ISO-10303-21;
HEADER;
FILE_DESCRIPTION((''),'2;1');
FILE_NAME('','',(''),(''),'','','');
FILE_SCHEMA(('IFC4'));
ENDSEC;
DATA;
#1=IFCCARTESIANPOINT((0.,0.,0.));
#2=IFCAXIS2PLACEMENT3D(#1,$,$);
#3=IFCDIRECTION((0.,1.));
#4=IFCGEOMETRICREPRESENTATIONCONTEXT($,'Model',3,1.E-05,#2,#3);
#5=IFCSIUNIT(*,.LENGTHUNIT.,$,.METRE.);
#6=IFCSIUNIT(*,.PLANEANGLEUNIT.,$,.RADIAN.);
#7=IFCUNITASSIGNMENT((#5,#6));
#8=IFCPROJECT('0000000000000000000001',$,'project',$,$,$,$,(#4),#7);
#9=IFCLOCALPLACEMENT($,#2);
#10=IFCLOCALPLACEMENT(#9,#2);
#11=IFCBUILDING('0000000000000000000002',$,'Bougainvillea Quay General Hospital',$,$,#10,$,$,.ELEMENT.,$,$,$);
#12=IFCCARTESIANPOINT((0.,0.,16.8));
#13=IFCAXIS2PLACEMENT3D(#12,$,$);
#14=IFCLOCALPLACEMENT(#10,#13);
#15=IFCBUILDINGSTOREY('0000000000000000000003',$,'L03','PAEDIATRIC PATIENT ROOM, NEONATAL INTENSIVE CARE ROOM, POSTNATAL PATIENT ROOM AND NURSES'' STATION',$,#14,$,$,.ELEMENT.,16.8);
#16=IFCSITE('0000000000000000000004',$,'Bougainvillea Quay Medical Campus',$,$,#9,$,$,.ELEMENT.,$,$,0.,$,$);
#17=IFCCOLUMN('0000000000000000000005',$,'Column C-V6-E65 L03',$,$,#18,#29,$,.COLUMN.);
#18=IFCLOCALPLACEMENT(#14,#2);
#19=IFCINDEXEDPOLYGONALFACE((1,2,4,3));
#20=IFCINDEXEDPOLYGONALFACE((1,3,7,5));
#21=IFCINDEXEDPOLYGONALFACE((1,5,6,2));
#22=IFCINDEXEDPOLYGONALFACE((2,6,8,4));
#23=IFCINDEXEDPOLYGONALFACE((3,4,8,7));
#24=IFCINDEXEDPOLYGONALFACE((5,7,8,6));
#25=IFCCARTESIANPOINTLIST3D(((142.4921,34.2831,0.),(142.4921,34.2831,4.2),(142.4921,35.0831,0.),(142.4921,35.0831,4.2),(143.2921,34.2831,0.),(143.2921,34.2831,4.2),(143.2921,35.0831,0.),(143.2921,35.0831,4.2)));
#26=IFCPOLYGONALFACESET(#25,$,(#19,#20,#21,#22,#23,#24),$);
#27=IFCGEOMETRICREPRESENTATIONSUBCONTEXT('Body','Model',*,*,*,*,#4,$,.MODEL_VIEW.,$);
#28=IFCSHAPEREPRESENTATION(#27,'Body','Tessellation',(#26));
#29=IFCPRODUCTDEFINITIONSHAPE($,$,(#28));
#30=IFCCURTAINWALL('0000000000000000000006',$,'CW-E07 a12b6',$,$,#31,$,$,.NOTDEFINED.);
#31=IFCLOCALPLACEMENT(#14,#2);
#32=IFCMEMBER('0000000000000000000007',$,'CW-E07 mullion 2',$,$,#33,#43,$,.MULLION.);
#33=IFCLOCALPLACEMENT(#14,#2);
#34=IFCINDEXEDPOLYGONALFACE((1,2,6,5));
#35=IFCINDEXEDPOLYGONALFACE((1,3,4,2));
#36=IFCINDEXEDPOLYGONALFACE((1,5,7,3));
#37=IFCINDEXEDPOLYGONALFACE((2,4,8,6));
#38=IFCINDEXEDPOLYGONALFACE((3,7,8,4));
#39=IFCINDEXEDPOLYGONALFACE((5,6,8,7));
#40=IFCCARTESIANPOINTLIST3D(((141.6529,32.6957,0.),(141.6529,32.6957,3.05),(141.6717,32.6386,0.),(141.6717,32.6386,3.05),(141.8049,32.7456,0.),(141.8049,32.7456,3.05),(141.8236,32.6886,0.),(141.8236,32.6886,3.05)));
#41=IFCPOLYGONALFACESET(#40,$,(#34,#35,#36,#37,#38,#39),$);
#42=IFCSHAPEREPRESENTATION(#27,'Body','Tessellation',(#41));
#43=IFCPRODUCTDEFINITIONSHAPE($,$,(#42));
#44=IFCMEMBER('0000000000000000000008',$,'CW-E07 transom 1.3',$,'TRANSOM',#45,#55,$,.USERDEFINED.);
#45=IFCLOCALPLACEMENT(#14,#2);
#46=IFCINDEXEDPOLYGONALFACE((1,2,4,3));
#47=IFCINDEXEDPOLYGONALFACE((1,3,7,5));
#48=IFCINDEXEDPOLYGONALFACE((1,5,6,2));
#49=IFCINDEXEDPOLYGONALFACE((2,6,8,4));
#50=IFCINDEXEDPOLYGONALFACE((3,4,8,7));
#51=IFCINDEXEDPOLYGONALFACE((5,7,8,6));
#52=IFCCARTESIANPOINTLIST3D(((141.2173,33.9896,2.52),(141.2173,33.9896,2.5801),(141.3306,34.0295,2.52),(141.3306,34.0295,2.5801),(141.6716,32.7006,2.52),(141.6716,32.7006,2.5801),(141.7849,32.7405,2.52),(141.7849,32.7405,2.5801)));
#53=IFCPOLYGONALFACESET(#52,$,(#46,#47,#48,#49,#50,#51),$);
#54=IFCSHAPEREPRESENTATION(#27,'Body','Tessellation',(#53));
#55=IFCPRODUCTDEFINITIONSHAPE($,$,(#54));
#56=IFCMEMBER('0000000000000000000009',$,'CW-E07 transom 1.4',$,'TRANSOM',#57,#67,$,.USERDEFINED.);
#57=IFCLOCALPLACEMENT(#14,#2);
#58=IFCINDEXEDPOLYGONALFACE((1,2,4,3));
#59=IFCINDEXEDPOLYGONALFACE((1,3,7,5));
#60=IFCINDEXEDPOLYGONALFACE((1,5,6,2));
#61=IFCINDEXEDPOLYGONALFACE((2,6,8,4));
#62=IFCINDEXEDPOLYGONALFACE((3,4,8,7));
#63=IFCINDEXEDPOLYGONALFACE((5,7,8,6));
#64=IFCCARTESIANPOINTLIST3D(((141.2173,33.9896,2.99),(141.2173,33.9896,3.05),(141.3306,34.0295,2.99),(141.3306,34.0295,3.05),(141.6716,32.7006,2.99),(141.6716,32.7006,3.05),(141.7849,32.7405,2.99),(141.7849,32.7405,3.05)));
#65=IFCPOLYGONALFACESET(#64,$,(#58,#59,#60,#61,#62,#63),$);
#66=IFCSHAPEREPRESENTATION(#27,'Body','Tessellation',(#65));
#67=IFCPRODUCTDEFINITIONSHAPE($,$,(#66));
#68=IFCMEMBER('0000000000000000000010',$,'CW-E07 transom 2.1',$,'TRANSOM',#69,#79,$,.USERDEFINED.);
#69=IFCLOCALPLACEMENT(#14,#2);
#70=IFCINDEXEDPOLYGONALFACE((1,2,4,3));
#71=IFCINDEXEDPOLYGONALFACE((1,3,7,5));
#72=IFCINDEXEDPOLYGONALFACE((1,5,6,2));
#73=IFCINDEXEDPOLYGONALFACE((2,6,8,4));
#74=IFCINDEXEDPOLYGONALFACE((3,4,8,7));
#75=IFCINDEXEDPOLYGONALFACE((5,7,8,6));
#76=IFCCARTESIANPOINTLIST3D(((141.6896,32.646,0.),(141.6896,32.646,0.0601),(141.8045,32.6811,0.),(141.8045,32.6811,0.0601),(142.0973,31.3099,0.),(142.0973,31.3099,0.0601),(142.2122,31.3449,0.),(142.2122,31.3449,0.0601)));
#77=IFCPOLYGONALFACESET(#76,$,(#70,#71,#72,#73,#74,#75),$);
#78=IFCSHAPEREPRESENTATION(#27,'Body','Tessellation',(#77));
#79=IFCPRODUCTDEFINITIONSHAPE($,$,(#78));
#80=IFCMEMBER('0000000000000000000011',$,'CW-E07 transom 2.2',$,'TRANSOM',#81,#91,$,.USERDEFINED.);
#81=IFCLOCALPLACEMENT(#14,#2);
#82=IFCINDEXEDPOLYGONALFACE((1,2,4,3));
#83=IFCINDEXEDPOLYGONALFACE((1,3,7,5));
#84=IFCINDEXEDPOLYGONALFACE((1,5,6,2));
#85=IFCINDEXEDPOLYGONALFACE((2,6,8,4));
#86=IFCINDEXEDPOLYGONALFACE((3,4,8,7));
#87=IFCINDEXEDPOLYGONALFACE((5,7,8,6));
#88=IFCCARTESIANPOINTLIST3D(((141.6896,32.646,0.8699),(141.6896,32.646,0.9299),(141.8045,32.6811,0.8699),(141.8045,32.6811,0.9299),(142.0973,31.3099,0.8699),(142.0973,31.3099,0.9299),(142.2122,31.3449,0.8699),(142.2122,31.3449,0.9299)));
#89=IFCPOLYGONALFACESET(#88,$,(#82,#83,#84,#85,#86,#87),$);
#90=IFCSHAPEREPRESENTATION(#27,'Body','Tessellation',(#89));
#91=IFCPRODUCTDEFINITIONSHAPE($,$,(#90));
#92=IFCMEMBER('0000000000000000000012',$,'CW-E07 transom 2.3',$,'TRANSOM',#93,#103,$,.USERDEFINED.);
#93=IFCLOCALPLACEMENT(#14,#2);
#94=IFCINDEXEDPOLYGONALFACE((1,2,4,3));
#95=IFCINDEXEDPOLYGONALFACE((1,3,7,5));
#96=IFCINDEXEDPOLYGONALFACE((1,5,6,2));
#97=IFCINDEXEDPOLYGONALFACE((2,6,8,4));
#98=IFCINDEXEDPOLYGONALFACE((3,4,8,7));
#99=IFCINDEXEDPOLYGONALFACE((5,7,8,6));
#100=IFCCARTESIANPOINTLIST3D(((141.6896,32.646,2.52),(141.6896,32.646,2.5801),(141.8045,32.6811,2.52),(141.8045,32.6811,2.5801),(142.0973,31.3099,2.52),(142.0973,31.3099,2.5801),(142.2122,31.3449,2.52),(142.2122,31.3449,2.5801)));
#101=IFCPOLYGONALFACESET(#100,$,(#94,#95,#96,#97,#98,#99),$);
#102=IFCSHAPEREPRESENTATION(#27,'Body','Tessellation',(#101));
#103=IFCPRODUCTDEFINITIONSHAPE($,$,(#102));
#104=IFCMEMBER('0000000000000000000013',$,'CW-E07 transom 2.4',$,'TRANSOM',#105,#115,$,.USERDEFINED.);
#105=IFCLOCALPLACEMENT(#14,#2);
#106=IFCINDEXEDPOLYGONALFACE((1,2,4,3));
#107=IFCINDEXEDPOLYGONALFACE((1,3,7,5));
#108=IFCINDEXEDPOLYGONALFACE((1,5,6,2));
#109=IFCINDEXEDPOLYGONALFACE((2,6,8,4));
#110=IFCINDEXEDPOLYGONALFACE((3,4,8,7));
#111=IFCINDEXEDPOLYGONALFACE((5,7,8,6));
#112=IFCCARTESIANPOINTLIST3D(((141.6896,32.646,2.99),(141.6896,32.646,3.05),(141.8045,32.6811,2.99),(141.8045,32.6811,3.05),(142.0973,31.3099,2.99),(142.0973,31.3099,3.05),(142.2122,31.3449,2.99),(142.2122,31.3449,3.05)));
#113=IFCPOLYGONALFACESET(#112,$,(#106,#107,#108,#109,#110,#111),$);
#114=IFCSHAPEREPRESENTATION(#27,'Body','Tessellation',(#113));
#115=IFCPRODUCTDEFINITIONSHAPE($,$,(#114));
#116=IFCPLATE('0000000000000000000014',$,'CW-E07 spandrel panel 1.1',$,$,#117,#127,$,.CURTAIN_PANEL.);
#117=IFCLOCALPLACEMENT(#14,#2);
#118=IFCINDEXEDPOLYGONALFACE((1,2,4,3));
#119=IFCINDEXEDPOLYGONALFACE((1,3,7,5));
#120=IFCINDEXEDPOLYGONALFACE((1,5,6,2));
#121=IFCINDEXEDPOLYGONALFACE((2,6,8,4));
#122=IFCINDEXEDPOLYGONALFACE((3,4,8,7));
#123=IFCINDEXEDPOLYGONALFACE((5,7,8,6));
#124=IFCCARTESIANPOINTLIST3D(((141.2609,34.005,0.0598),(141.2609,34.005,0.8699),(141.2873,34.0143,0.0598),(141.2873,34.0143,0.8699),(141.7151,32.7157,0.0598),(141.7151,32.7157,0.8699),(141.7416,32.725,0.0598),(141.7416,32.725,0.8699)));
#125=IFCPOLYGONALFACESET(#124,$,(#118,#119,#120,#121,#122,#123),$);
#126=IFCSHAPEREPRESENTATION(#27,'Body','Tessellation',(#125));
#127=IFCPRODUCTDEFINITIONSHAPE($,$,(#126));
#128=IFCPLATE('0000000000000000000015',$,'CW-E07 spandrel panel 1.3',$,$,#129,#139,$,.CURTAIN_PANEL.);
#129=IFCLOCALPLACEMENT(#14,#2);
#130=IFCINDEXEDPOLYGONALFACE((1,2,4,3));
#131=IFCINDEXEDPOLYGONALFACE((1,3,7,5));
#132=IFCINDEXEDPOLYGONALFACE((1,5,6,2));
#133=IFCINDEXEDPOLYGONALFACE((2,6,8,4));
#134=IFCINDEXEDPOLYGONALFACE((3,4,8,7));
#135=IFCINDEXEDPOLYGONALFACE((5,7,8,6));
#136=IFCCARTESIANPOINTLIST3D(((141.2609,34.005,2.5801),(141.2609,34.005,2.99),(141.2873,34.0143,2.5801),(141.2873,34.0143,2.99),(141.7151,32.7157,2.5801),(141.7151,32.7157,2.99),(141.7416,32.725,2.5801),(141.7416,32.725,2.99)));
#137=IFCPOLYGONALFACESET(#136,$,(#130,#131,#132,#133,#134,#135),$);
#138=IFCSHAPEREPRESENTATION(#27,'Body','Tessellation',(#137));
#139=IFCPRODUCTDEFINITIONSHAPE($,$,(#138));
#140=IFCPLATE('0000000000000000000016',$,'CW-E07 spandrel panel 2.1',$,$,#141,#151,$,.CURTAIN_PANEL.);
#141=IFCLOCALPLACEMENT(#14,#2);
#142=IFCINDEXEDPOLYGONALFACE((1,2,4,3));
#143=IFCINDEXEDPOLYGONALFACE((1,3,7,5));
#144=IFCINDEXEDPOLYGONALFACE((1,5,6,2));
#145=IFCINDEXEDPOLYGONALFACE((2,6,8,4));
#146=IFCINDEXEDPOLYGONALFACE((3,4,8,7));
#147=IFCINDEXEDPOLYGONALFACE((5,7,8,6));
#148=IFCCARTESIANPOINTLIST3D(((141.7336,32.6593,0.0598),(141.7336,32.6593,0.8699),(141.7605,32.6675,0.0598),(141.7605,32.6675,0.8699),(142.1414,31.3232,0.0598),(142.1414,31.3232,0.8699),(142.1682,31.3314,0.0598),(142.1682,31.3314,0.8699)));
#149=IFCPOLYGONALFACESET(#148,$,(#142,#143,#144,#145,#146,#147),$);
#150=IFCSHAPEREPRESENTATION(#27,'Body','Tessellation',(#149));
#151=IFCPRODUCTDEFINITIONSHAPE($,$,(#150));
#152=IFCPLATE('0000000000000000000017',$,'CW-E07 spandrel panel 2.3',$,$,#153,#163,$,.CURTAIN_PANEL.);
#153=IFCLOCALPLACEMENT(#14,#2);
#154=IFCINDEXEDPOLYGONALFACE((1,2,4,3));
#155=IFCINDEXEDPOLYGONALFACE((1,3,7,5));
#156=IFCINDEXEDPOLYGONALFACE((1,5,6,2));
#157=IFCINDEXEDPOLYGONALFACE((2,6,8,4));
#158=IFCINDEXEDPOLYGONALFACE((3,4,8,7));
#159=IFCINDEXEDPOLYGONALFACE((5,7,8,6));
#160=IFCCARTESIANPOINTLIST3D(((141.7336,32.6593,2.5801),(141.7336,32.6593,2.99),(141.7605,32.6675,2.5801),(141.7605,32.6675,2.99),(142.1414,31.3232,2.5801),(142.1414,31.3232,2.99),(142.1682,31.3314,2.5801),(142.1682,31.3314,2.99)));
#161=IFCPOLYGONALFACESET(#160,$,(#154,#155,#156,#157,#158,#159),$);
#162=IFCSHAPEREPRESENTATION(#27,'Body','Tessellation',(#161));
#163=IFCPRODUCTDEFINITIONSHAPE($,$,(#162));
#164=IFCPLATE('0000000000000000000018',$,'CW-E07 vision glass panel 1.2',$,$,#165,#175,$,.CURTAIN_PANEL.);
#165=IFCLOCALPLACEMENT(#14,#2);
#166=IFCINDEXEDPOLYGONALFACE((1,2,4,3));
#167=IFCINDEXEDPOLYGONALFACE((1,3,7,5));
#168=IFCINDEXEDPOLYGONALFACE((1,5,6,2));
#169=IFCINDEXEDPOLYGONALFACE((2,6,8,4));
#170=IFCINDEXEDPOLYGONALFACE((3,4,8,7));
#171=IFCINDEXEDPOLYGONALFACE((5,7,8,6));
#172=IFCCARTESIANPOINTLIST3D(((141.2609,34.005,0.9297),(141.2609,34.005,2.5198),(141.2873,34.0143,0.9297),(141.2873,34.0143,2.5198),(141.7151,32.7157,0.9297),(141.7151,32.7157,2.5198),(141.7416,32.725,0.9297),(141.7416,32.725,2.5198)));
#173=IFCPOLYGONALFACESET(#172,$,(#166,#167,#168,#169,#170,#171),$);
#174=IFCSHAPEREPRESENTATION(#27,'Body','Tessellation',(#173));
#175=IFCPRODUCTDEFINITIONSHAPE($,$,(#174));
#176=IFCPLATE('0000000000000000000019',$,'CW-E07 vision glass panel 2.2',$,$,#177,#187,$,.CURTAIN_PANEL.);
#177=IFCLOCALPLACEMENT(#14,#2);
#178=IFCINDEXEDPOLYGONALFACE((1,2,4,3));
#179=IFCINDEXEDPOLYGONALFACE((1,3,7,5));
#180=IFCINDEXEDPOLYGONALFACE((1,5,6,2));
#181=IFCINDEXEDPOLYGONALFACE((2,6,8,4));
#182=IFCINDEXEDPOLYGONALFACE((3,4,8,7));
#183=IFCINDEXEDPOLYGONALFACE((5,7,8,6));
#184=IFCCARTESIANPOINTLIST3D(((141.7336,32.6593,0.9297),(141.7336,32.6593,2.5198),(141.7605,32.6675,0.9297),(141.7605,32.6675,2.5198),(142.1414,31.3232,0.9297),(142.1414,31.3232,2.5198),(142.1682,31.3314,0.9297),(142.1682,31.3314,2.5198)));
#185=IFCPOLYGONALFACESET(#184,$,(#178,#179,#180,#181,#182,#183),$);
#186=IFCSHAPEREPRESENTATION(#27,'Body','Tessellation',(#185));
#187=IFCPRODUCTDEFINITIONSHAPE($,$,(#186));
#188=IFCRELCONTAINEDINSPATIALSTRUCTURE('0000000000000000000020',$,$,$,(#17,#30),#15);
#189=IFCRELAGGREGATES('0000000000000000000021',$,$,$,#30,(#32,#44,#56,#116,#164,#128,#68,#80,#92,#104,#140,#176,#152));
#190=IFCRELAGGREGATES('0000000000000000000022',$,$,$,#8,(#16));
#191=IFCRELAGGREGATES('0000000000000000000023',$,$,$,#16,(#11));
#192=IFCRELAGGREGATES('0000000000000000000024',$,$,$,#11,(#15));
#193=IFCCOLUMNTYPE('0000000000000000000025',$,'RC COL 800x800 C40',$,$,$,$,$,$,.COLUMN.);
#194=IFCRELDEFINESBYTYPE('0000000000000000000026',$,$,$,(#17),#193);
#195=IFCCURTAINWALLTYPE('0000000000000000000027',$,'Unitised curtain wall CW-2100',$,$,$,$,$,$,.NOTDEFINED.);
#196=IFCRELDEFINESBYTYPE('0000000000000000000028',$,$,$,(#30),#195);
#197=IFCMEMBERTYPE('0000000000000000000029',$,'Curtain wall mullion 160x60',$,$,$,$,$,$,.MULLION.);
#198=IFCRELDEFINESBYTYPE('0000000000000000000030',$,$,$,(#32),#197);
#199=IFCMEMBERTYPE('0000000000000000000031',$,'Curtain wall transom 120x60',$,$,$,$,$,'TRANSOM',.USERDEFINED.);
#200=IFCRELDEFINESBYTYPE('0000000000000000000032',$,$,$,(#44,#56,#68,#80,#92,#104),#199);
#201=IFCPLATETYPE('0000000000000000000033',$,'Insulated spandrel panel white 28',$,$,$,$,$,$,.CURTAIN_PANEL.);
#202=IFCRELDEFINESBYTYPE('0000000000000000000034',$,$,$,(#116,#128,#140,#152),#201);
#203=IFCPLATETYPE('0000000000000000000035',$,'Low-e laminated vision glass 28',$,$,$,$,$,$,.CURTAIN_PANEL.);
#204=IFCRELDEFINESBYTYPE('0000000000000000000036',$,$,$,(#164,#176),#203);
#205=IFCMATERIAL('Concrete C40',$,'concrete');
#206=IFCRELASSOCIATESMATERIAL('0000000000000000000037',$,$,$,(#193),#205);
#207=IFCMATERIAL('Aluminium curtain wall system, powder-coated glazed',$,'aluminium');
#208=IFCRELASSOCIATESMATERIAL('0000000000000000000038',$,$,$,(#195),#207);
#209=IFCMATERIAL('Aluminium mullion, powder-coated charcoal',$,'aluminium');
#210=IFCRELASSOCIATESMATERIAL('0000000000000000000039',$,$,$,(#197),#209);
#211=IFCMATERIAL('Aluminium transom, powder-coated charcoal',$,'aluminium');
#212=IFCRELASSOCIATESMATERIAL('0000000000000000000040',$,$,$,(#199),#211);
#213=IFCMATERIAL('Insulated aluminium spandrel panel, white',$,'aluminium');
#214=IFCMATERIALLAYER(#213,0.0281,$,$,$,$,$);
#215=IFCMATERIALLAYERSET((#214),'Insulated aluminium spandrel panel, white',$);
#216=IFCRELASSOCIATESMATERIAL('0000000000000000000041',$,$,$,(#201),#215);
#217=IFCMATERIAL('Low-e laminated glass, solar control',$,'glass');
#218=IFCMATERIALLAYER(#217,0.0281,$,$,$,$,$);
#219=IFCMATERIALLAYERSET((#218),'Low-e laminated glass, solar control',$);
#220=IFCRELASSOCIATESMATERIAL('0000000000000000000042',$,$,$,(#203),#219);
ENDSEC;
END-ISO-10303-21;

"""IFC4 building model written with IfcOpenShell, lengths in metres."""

from ifc_helpers import new_model, si_unit, direction, frame, origin, origin_2d, place, context, subcontext, project, spatial, rectangle, extrude, material, layer, layer_set, material_profile, profile_set, type_object, element, aggregate, save


model = new_model("IFC4")

# Units and contexts
model_context = context("Model", 3, precision=1e-05, world=origin(), true_north=direction((0.0, 1.0)))
body_context = subcontext(model_context, "Body", "Model", "MODEL_VIEW")
ifc_project = project(units=[si_unit("LENGTHUNIT", "METRE"), si_unit("PLANEANGLEUNIT", "RADIAN")], contexts=[model_context])

# Site, building, storey
site_placement = place(None, origin())
site = spatial("IfcSite", under=ifc_project, at=site_placement, Name="Bougainvillea Quay Medical Campus", CompositionType="ELEMENT", RefElevation=0.0)
building_placement = place(site_placement, origin())
building = spatial("IfcBuilding", under=site, at=building_placement, Name="Bougainvillea Quay General Hospital", CompositionType="ELEMENT")
storey_placement = place(building_placement, frame((0.0, 0.0, 16.8)))
storey = spatial("IfcBuildingStorey", under=building, at=storey_placement, Name="L03", Description="PAEDIATRIC PATIENT ROOM, NEONATAL INTENSIVE CARE ROOM, POSTNATAL PATIENT ROOM AND NURSES' STATION", CompositionType="ELEMENT", Elevation=16.8)

# Column
ifc_material_1 = material(Name="Concrete C40", Category="concrete")
ifc_material_profile_1 = material_profile(ifc_material_1, rectangle(XDim=0.8, YDim=0.8, at=origin_2d()))
ifc_profile_set_1 = profile_set([ifc_material_profile_1], Name="Concrete C40")
column_type = type_object("IfcColumnType", Name="RC COL 800x800 C40", PredefinedType="COLUMN", material=ifc_profile_set_1)
column_placement = place(storey_placement, frame((142.8921, 34.6831, 0.0), z_axis=(0.0, 0.0, 1.0), x_axis=(1.0, 0.0, 0.0)))
element("IfcColumn", 1, at=column_placement, inside=storey, type_object=column_type, Name="Column C-V6-E65 L03", PredefinedType="COLUMN", context=body_context, shape_type="SweptSolid", body=[
    extrude(rectangle(XDim=0.8, YDim=0.8, at=origin_2d()), origin(), (0.0, 0.0, 1.0), 4.2),
])

# Curtain wall, members, plates
ifc_material_2 = material(Name="Aluminium curtain wall system, powder-coated glazed", Category="aluminium")
curtain_wall_type = type_object("IfcCurtainWallType", Name="Unitised curtain wall CW-2100", PredefinedType="NOTDEFINED", material=ifc_material_2)
curtain_wall_placement = place(storey_placement, origin())
curtain_wall = element("IfcCurtainWall", 2, at=curtain_wall_placement, inside=storey, type_object=curtain_wall_type, Name="CW-E07 a12b6", PredefinedType="NOTDEFINED")
ifc_material_3 = material(Name="Aluminium mullion, powder-coated charcoal", Category="aluminium")
ifc_material_profile_2 = material_profile(ifc_material_3, rectangle(XDim=0.1599, YDim=0.0601, at=origin_2d()))
ifc_profile_set_2 = profile_set([ifc_material_profile_2], Name="Aluminium mullion, powder-coated charcoal")
member_type_1 = type_object("IfcMemberType", Name="Curtain wall mullion 160x60", PredefinedType="MULLION", material=ifc_profile_set_2)
member_1_placement = place(storey_placement, frame((141.7383, 32.6921, 0.0), z_axis=(0.0, 0.0, 1.0), x_axis=(0.950023, 0.31218, 0.0)))
member_1 = element("IfcMember", 3, at=member_1_placement, type_object=member_type_1, Name="CW-E07 mullion 2", PredefinedType="MULLION", context=body_context, shape_type="SweptSolid", body=[
    extrude(rectangle(XDim=0.1599, YDim=0.0601, at=origin_2d()), origin(), (0.0, 0.0, 1.0), 3.05),
])
ifc_material_4 = material(Name="Aluminium transom, powder-coated charcoal", Category="aluminium")
ifc_material_profile_3 = material_profile(ifc_material_4, rectangle(XDim=0.1201, YDim=0.0601, at=origin_2d()))
ifc_profile_set_3 = profile_set([ifc_material_profile_3], Name="Aluminium transom, powder-coated charcoal")
member_type_2 = type_object("IfcMemberType", Name="Curtain wall transom 120x60", ElementType="TRANSOM", PredefinedType="USERDEFINED", material=ifc_profile_set_3)
member_2_placement = place(storey_placement, frame((141.2739, 34.0095, 2.55), z_axis=(0.332418, -0.943132, 0.0), x_axis=(0.943132, 0.332418, 0.0)))
member_2 = element("IfcMember", 4, at=member_2_placement, type_object=member_type_2, Name="CW-E07 transom 1.3", ObjectType="TRANSOM", PredefinedType="USERDEFINED", context=body_context, shape_type="SweptSolid", body=[
    extrude(rectangle(XDim=0.1201, YDim=0.0601, at=origin_2d()), origin(), (0.0, 0.0, 1.0), 1.3667),
])
member_3_placement = place(storey_placement, frame((141.2739, 34.0095, 3.02), z_axis=(0.332418, -0.943132, 0.0), x_axis=(0.943132, 0.332418, 0.0)))
member_3 = element("IfcMember", 5, at=member_3_placement, type_object=member_type_2, Name="CW-E07 transom 1.4", ObjectType="TRANSOM", PredefinedType="USERDEFINED", context=body_context, shape_type="SweptSolid", body=[
    extrude(rectangle(XDim=0.1201, YDim=0.0601, at=origin_2d()), origin(), (0.0, 0.0, 1.0), 1.3667),
])
member_4_placement = place(storey_placement, frame((141.7471, 32.6636, 0.03), z_axis=(0.29185, -0.956464, 0.0), x_axis=(0.956464, 0.29185, 0.0)))
member_4 = element("IfcMember", 6, at=member_4_placement, type_object=member_type_2, Name="CW-E07 transom 2.1", ObjectType="TRANSOM", PredefinedType="USERDEFINED", context=body_context, shape_type="SweptSolid", body=[
    extrude(rectangle(XDim=0.1201, YDim=0.0601, at=origin_2d()), origin(), (0.0, 0.0, 1.0), 1.397),
])
member_5_placement = place(storey_placement, frame((141.7471, 32.6636, 0.8999), z_axis=(0.29185, -0.956464, 0.0), x_axis=(0.956464, 0.29185, 0.0)))
member_5 = element("IfcMember", 7, at=member_5_placement, type_object=member_type_2, Name="CW-E07 transom 2.2", ObjectType="TRANSOM", PredefinedType="USERDEFINED", context=body_context, shape_type="SweptSolid", body=[
    extrude(rectangle(XDim=0.1201, YDim=0.0601, at=origin_2d()), origin(), (0.0, 0.0, 1.0), 1.397),
])
member_6_placement = place(storey_placement, frame((141.7471, 32.6636, 2.55), z_axis=(0.29185, -0.956464, 0.0), x_axis=(0.956464, 0.29185, 0.0)))
member_6 = element("IfcMember", 8, at=member_6_placement, type_object=member_type_2, Name="CW-E07 transom 2.3", ObjectType="TRANSOM", PredefinedType="USERDEFINED", context=body_context, shape_type="SweptSolid", body=[
    extrude(rectangle(XDim=0.1201, YDim=0.0601, at=origin_2d()), origin(), (0.0, 0.0, 1.0), 1.397),
])
member_7_placement = place(storey_placement, frame((141.7471, 32.6636, 3.02), z_axis=(0.29185, -0.956464, 0.0), x_axis=(0.956464, 0.29185, 0.0)))
member_7 = element("IfcMember", 9, at=member_7_placement, type_object=member_type_2, Name="CW-E07 transom 2.4", ObjectType="TRANSOM", PredefinedType="USERDEFINED", context=body_context, shape_type="SweptSolid", body=[
    extrude(rectangle(XDim=0.1201, YDim=0.0601, at=origin_2d()), origin(), (0.0, 0.0, 1.0), 1.397),
])
ifc_material_5 = material(Name="Insulated aluminium spandrel panel, white", Category="aluminium")
ifc_layer_1 = layer(ifc_material_5, 0.0281)
ifc_layer_set_1 = layer_set([ifc_layer_1], Name="Insulated aluminium spandrel panel, white")
plate_type_1 = type_object("IfcPlateType", Name="Insulated spandrel panel white 28", PredefinedType="CURTAIN_PANEL", material=ifc_layer_set_1)
plate_1_placement = place(storey_placement, frame((141.5012, 33.365, 0.0598), z_axis=(0.0, 0.0, 1.0), x_axis=(0.332315, -0.943169, 0.0)))
plate_1 = element("IfcPlate", 10, at=plate_1_placement, type_object=plate_type_1, Name="CW-E07 spandrel panel 1.1", PredefinedType="CURTAIN_PANEL", context=body_context, shape_type="SweptSolid", body=[
    extrude(rectangle(XDim=1.3669, YDim=0.0281, at=origin_2d()), origin(), (0.0, 0.0, 1.0), 0.8101),
])
plate_2_placement = place(storey_placement, frame((141.5012, 33.365, 2.5801), z_axis=(0.0, 0.0, 1.0), x_axis=(0.332315, -0.943169, 0.0)))
plate_2 = element("IfcPlate", 11, at=plate_2_placement, type_object=plate_type_1, Name="CW-E07 spandrel panel 1.3", PredefinedType="CURTAIN_PANEL", context=body_context, shape_type="SweptSolid", body=[
    extrude(rectangle(XDim=1.3669, YDim=0.0281, at=origin_2d()), origin(), (0.0, 0.0, 1.0), 0.4099),
])
plate_3_placement = place(storey_placement, frame((141.9509, 31.9954, 0.0598), z_axis=(0.0, 0.0, 1.0), x_axis=(0.291904, -0.956448, 0.0)))
plate_3 = element("IfcPlate", 12, at=plate_3_placement, type_object=plate_type_1, Name="CW-E07 spandrel panel 2.1", PredefinedType="CURTAIN_PANEL", context=body_context, shape_type="SweptSolid", body=[
    extrude(rectangle(XDim=1.397, YDim=0.0281, at=origin_2d()), origin(), (0.0, 0.0, 1.0), 0.8101),
])
plate_4_placement = place(storey_placement, frame((141.9509, 31.9954, 2.5801), z_axis=(0.0, 0.0, 1.0), x_axis=(0.291904, -0.956448, 0.0)))
plate_4 = element("IfcPlate", 13, at=plate_4_placement, type_object=plate_type_1, Name="CW-E07 spandrel panel 2.3", PredefinedType="CURTAIN_PANEL", context=body_context, shape_type="SweptSolid", body=[
    extrude(rectangle(XDim=1.397, YDim=0.0281, at=origin_2d()), origin(), (0.0, 0.0, 1.0), 0.4099),
])
ifc_material_6 = material(Name="Low-e laminated glass, solar control", Category="glass")
ifc_layer_2 = layer(ifc_material_6, 0.0281)
ifc_layer_set_2 = layer_set([ifc_layer_2], Name="Low-e laminated glass, solar control")
plate_type_2 = type_object("IfcPlateType", Name="Low-e laminated vision glass 28", PredefinedType="CURTAIN_PANEL", material=ifc_layer_set_2)
plate_5_placement = place(storey_placement, frame((141.5012, 33.365, 0.9297), z_axis=(0.0, 0.0, 1.0), x_axis=(0.332315, -0.943169, 0.0)))
plate_5 = element("IfcPlate", 14, at=plate_5_placement, type_object=plate_type_2, Name="CW-E07 vision glass panel 1.2", PredefinedType="CURTAIN_PANEL", context=body_context, shape_type="SweptSolid", body=[
    extrude(rectangle(XDim=1.3669, YDim=0.0281, at=origin_2d()), origin(), (0.0, 0.0, 1.0), 1.5901),
])
plate_6_placement = place(storey_placement, frame((141.9509, 31.9954, 0.9297), z_axis=(0.0, 0.0, 1.0), x_axis=(0.291904, -0.956448, 0.0)))
plate_6 = element("IfcPlate", 15, at=plate_6_placement, type_object=plate_type_2, Name="CW-E07 vision glass panel 2.2", PredefinedType="CURTAIN_PANEL", context=body_context, shape_type="SweptSolid", body=[
    extrude(rectangle(XDim=1.397, YDim=0.0281, at=origin_2d()), origin(), (0.0, 0.0, 1.0), 1.5901),
])
aggregate(curtain_wall, [member_1, member_2, member_3, plate_1, plate_5, plate_2, member_4, member_5, member_6, member_7, plate_3, plate_6, plate_4])

save(model, "model.ifc")
